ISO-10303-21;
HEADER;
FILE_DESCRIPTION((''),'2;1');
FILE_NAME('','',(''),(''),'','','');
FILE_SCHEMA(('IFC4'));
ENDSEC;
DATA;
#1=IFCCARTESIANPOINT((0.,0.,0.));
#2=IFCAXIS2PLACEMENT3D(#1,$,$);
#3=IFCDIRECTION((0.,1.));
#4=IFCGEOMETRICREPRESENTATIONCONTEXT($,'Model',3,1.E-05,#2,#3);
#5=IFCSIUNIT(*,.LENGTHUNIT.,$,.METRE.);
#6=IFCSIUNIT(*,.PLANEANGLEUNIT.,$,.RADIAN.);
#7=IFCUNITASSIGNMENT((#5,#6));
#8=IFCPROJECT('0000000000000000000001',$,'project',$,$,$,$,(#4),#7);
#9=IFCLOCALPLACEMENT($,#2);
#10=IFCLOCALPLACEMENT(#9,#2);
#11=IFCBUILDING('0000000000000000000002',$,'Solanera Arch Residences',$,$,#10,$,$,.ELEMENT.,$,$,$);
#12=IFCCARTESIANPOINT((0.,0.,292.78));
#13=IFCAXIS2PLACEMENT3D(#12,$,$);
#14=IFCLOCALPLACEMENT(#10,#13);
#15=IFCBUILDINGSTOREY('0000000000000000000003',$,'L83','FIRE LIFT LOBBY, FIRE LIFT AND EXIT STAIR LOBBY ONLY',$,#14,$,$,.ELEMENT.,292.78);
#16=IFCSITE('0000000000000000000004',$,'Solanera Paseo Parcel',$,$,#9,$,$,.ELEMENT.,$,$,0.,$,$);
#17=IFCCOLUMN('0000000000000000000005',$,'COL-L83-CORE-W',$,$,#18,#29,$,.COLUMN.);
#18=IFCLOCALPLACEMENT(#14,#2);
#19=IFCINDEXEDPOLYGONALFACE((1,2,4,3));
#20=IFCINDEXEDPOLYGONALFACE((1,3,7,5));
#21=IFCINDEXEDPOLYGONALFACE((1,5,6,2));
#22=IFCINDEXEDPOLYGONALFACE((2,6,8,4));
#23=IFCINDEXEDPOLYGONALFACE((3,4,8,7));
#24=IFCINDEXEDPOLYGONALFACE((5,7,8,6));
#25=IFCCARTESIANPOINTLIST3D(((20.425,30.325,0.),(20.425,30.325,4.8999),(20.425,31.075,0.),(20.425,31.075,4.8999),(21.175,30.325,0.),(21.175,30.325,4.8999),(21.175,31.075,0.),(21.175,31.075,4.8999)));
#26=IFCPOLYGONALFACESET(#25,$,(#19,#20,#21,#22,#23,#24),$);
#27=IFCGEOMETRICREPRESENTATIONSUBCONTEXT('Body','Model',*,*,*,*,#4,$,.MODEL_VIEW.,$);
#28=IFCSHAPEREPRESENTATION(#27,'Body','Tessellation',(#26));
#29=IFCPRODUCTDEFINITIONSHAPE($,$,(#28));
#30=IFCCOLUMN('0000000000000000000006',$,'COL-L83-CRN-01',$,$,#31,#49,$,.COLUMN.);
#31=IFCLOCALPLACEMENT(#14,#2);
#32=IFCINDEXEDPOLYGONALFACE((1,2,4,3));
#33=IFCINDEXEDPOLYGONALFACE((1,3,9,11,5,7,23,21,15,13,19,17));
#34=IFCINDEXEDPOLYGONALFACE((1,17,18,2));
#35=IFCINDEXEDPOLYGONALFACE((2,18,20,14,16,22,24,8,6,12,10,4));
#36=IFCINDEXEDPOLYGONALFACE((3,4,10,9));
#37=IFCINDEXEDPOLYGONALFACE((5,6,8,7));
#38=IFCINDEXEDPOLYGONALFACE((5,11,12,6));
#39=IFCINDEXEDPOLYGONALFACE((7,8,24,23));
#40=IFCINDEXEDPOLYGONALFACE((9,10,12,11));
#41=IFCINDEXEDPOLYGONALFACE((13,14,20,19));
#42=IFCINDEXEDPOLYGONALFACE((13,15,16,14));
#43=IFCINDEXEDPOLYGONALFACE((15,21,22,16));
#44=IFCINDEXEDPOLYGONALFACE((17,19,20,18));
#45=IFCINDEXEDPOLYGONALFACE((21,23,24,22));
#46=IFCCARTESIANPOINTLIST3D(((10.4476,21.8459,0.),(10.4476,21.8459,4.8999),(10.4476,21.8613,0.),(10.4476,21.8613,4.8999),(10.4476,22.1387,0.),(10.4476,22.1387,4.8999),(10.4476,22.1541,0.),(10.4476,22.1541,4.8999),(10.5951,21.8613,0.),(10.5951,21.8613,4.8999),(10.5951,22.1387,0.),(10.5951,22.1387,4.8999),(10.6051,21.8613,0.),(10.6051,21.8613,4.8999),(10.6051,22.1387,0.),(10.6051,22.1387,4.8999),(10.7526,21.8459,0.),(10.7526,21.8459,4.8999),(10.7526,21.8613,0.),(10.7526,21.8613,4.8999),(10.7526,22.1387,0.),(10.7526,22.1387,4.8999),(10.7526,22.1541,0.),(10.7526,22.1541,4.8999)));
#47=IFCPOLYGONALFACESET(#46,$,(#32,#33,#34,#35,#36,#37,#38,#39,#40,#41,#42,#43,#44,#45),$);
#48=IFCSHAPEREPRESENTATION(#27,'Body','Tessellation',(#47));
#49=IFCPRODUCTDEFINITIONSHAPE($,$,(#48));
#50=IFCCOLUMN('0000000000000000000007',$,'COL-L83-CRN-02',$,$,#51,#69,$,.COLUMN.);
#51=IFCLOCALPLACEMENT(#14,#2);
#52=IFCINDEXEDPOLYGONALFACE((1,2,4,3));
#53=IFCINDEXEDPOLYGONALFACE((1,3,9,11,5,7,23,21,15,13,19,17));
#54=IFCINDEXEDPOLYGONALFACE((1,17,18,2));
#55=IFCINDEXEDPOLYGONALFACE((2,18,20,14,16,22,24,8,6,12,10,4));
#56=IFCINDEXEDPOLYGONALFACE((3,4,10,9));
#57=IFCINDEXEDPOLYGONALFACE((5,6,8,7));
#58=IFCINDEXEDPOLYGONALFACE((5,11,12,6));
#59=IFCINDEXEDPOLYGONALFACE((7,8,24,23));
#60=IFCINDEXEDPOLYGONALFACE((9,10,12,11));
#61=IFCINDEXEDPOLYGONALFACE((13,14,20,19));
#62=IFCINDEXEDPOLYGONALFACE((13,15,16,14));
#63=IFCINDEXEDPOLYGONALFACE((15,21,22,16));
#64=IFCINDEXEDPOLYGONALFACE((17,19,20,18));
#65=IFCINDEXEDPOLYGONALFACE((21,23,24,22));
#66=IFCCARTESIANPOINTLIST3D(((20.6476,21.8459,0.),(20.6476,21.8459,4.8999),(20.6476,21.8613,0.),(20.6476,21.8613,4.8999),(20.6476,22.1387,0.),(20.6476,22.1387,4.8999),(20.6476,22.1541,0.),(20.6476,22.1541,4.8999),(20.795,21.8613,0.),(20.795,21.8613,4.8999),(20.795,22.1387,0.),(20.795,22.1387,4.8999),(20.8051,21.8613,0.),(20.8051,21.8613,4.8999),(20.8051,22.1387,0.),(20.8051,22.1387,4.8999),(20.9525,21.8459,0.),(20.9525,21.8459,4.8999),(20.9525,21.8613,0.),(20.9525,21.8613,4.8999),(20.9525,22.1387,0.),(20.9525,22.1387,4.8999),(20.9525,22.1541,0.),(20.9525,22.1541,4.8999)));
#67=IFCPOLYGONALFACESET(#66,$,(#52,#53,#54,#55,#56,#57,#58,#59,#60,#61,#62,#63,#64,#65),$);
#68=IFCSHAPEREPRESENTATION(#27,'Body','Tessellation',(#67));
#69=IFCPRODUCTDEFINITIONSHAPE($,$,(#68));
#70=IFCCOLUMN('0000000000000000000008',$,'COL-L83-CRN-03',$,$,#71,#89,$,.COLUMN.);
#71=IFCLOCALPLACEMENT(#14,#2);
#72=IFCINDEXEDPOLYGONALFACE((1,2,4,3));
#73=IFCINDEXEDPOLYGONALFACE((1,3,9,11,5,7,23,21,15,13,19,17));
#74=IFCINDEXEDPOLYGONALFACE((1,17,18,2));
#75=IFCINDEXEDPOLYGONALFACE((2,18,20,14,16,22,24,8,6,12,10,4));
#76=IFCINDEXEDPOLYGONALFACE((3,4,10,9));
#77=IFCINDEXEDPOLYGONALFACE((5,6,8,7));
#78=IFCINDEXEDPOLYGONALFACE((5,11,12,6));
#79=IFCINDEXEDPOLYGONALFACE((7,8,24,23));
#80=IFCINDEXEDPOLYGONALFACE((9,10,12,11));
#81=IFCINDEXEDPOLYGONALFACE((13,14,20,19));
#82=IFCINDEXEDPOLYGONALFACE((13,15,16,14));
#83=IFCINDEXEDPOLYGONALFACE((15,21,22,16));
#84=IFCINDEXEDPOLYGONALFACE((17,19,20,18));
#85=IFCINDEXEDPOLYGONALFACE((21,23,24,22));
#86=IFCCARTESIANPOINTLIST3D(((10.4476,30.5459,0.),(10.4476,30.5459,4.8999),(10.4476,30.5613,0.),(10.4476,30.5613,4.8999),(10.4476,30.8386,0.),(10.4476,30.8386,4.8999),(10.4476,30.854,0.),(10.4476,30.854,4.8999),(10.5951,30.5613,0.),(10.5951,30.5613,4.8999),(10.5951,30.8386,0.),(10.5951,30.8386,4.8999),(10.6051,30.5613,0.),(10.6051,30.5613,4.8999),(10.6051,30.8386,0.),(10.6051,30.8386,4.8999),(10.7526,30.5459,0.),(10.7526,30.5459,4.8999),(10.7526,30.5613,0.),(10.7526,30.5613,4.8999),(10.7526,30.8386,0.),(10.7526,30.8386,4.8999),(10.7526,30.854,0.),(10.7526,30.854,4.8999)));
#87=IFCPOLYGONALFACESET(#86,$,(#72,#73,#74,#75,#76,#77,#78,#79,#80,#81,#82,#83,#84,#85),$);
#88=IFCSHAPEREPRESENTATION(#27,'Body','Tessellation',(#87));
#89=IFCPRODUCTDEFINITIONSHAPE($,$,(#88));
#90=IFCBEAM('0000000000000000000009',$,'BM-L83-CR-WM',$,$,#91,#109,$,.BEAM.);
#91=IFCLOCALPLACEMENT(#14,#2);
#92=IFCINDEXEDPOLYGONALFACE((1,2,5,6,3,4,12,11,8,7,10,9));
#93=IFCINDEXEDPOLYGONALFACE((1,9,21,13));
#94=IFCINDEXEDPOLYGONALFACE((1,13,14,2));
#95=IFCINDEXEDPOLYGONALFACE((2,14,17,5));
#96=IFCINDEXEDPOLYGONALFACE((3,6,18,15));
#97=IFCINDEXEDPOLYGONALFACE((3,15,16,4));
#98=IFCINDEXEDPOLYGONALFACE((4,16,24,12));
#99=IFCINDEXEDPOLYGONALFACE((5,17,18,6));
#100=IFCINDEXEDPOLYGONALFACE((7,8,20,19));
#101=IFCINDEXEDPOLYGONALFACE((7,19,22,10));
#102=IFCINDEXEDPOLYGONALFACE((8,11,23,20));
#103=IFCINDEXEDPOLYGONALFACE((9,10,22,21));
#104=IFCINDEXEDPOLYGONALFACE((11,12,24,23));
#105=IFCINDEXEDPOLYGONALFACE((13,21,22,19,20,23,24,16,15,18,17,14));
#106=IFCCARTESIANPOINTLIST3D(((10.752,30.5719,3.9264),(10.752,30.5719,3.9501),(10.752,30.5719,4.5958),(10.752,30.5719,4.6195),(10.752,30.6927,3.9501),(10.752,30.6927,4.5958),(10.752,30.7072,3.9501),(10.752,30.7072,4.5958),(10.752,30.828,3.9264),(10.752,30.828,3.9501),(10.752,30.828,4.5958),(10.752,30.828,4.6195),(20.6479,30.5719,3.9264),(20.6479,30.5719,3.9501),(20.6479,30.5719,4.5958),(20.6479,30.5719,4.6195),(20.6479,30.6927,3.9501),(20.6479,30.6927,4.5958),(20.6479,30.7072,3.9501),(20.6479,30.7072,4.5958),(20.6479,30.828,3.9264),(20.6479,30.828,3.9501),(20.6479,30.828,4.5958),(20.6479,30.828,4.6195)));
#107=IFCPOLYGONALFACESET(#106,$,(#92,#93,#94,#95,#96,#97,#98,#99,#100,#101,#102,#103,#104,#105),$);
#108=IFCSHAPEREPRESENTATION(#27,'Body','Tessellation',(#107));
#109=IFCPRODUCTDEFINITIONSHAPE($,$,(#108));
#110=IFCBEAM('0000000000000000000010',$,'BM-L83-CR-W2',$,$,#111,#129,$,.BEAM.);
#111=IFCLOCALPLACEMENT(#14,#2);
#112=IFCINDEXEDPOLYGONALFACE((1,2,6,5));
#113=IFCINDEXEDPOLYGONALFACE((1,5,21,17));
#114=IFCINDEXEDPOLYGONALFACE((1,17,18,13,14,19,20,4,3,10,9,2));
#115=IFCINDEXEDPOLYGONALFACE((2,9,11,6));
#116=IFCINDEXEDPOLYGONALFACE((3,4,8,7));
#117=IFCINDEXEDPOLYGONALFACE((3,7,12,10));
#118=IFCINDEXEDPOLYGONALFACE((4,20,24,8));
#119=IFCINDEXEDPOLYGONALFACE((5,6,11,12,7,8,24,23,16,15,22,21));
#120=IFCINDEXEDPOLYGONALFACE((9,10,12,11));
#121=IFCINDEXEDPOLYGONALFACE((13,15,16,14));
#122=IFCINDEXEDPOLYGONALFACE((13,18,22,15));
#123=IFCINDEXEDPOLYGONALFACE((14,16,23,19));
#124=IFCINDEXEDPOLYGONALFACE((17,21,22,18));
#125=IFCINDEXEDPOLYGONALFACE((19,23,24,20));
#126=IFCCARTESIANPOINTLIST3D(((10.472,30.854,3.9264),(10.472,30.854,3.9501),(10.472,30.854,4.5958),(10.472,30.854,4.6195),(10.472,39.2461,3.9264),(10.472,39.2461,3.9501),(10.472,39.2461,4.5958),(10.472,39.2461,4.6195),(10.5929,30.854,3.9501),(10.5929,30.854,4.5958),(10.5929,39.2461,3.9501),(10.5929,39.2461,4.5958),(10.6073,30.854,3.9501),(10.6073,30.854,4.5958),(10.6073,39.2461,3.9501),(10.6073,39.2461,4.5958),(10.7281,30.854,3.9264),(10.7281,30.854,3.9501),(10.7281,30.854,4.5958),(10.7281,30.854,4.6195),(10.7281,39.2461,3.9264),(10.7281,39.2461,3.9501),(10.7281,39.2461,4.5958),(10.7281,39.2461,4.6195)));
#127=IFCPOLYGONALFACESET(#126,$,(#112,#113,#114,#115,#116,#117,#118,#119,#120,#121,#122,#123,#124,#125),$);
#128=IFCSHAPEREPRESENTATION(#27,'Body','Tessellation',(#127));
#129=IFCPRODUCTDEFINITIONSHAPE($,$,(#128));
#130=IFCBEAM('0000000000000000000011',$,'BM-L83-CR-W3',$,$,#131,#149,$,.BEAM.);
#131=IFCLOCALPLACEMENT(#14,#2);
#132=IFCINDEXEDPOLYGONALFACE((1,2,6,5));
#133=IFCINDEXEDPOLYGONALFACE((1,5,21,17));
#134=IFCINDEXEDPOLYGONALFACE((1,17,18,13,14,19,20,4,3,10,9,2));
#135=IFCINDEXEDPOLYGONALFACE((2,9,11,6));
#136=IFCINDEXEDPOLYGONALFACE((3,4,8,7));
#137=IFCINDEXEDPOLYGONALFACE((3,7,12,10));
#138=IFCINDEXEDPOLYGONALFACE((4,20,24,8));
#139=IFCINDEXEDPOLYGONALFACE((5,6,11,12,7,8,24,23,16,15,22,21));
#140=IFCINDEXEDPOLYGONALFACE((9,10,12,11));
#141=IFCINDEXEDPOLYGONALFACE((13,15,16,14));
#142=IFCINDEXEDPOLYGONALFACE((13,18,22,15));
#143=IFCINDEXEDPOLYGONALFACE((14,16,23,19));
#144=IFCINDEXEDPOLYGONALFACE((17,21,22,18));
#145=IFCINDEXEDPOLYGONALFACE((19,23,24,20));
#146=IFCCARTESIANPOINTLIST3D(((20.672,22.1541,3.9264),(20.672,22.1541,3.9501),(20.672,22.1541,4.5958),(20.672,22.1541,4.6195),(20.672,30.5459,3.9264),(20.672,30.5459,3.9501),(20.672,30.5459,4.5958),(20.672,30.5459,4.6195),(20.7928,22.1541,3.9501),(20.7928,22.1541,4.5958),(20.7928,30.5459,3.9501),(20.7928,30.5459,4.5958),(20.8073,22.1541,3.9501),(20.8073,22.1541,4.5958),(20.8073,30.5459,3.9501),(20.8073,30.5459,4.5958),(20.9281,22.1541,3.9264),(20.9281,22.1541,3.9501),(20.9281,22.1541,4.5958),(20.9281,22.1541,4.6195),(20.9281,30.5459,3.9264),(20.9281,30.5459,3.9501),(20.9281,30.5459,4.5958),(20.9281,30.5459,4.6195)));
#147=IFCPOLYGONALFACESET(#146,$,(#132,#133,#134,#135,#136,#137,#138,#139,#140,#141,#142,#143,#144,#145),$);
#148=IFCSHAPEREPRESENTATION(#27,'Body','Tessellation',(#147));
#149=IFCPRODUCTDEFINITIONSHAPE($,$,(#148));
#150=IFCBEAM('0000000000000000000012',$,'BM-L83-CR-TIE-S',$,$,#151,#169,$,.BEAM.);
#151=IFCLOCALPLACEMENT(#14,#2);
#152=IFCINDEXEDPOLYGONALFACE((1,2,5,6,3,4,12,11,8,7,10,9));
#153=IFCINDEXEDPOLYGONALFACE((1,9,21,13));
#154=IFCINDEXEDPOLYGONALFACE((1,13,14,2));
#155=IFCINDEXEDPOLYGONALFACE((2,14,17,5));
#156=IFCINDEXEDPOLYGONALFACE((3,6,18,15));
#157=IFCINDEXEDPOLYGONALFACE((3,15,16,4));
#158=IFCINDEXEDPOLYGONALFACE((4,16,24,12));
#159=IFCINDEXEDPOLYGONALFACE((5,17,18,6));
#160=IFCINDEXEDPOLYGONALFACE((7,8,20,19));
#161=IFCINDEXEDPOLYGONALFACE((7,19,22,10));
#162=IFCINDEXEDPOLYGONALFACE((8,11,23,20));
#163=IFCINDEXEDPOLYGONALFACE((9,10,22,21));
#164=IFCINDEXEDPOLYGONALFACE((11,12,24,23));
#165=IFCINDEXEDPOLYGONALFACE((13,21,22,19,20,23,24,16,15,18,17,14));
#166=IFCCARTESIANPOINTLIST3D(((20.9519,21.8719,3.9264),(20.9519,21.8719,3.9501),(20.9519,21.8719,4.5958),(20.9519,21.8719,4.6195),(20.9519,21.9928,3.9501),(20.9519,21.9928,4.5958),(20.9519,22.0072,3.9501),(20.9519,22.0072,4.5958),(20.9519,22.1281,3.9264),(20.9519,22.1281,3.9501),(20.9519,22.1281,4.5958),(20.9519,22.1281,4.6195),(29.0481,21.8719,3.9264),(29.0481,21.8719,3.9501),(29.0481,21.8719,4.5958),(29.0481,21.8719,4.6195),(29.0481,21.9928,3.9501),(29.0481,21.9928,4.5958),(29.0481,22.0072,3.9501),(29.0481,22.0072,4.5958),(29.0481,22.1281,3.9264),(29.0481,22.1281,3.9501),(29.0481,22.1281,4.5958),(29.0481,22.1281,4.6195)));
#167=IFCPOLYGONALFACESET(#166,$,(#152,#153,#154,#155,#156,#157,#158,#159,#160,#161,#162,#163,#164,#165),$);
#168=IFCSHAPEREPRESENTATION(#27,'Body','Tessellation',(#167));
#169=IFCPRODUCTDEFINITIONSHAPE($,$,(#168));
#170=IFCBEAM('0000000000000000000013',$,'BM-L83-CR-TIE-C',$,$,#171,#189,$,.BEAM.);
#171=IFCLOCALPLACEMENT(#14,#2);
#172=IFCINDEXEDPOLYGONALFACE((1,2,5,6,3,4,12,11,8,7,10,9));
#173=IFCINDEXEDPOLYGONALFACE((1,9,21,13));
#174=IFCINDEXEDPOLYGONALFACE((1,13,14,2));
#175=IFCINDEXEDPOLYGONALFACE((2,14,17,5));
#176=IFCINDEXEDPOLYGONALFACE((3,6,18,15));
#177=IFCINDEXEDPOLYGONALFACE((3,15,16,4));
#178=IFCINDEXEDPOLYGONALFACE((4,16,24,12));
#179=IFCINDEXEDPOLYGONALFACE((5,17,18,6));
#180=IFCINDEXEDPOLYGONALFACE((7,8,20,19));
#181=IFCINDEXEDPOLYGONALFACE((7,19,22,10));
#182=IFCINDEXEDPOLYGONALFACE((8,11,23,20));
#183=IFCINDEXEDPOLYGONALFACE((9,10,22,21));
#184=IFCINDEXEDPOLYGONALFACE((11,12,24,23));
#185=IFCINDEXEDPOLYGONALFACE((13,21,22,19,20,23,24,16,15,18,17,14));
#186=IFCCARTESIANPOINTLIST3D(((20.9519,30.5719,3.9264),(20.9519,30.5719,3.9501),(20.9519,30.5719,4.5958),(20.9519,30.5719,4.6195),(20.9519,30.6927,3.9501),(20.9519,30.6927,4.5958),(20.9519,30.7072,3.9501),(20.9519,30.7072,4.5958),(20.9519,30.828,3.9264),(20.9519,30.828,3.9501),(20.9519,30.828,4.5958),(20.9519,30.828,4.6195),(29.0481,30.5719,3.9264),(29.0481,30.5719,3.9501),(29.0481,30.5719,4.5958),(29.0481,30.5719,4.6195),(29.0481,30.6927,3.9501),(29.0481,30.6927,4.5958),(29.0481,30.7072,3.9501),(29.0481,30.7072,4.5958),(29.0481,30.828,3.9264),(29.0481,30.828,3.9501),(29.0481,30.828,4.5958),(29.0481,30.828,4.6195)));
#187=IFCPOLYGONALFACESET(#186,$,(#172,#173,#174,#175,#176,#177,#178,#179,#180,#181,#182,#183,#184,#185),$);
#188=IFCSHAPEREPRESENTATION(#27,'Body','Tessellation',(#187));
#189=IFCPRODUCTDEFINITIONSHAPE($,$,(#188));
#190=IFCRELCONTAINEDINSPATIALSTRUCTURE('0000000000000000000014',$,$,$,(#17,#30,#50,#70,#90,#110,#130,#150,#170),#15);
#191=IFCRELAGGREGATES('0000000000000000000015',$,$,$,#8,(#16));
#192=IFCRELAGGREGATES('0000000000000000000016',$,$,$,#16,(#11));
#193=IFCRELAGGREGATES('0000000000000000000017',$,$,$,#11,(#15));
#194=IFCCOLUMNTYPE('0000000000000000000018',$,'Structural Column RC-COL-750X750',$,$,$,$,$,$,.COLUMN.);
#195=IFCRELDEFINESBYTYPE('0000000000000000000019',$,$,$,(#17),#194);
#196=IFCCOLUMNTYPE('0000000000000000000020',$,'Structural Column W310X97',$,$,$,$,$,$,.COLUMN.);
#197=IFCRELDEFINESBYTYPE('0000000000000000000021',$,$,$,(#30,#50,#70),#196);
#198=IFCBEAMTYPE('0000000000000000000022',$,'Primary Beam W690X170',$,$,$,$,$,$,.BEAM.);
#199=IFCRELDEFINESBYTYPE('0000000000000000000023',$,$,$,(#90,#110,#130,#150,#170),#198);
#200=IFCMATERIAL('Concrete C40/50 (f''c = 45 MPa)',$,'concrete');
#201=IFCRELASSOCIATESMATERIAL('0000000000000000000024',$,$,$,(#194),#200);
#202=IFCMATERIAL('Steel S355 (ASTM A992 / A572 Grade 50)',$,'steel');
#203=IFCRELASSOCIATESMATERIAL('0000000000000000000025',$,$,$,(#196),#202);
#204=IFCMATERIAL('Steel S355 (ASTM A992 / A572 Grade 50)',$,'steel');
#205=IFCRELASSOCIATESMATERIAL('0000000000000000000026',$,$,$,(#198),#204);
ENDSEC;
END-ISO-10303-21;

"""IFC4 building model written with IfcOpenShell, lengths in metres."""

from ifc_helpers import new_model, si_unit, direction, frame, origin, origin_2d, place, context, subcontext, project, spatial, rectangle, i_section, extrude, material, material_profile, profile_set, type_object, element, save


model = new_model("IFC4")

# Units and contexts
model_context = context("Model", 3, precision=1e-05, world=origin(), true_north=direction((0.0, 1.0)))
body_context = subcontext(model_context, "Body", "Model", "MODEL_VIEW")
ifc_project = project(units=[si_unit("LENGTHUNIT", "METRE"), si_unit("PLANEANGLEUNIT", "RADIAN")], contexts=[model_context])

# Site, building, storey
site_placement = place(None, origin())
site = spatial("IfcSite", under=ifc_project, at=site_placement, Name="Solanera Paseo Parcel", CompositionType="ELEMENT", RefElevation=0.0)
building_placement = place(site_placement, origin())
building = spatial("IfcBuilding", under=site, at=building_placement, Name="Solanera Arch Residences", CompositionType="ELEMENT")
storey_placement = place(building_placement, frame((0.0, 0.0, 292.78)))
storey = spatial("IfcBuildingStorey", under=building, at=storey_placement, Name="L83", Description="FIRE LIFT LOBBY, FIRE LIFT AND EXIT STAIR LOBBY ONLY", CompositionType="ELEMENT", Elevation=292.78)

# Columns
ifc_material_1 = material(Name="Concrete C40/50 (f'c = 45 MPa)", Category="concrete")
ifc_material_profile_1 = material_profile(ifc_material_1, rectangle(XDim=0.75, YDim=0.75, at=origin_2d()))
ifc_profile_set_1 = profile_set([ifc_material_profile_1], Name="Concrete C40/50 (f'c = 45 MPa)")
column_type_1 = type_object("IfcColumnType", Name="Structural Column RC-COL-750X750", PredefinedType="COLUMN", material=ifc_profile_set_1)
column_placement = place(storey_placement, frame((20.8, 30.7, 0.0), z_axis=(0.0, 0.0, 1.0), x_axis=(1.0, 0.0, 0.0)))
element("IfcColumn", 1, at=column_placement, inside=storey, type_object=column_type_1, Name="COL-L83-CORE-W", PredefinedType="COLUMN", context=body_context, shape_type="SweptSolid", body=[
    extrude(rectangle(XDim=0.75, YDim=0.75, at=origin_2d()), origin(), (0.0, 0.0, 1.0), 4.8999),
])
ifc_material_2 = material(Name="Steel S355 (ASTM A992 / A572 Grade 50)", Category="steel")
ifc_material_profile_2 = material_profile(ifc_material_2, i_section(OverallWidth=0.3049, OverallDepth=0.3081, WebThickness=0.01, FlangeThickness=0.0154, at=origin_2d()))
ifc_profile_set_2 = profile_set([ifc_material_profile_2], Name="Steel S355 (ASTM A992 / A572 Grade 50)")
column_type_2 = type_object("IfcColumnType", Name="Structural Column W310X97", PredefinedType="COLUMN", material=ifc_profile_set_2)
for number, where, z_axis, x_axis, name in (
    (2, (10.6001, 22.0, 0.0), (0.0, 0.0, 1.0), (1.0, 0.0, 0.0), "COL-L83-CRN-01"),
    (3, (20.8, 22.0, 0.0), (0.0, 0.0, 1.0), (1.0, 0.0, 0.0), "COL-L83-CRN-02"),
    (4, (10.6001, 30.7, 0.0), (0.0, 0.0, 1.0), (1.0, 0.0, 0.0), "COL-L83-CRN-03"),
):
    element("IfcColumn", number, at=place(storey_placement, frame(where, z_axis=z_axis, x_axis=x_axis)), inside=storey, type_object=column_type_2, Name=name, PredefinedType="COLUMN", context=body_context, shape_type="SweptSolid", body=[
        extrude(i_section(OverallWidth=0.3049, OverallDepth=0.3081, WebThickness=0.01, FlangeThickness=0.0154, at=origin_2d()), origin(), (0.0, 0.0, 1.0), 4.8999),
    ])

# Beams
ifc_material_3 = material(Name="Steel S355 (ASTM A992 / A572 Grade 50)", Category="steel")
ifc_material_profile_3 = material_profile(ifc_material_3, i_section(OverallWidth=0.2561, OverallDepth=0.6931, WebThickness=0.0144, FlangeThickness=0.0237, at=origin_2d()))
ifc_profile_set_3 = profile_set([ifc_material_profile_3], Name="Steel S355 (ASTM A992 / A572 Grade 50)")
beam_type_1 = type_object("IfcBeamType", Name="Primary Beam W690X170", PredefinedType="BEAM", material=ifc_profile_set_3)
beam_1_placement = place(storey_placement, frame((10.752, 30.7, 4.2729), z_axis=(1.0, 0.0, 0.0), x_axis=(0.0, 1.0, 0.0)))
element("IfcBeam", 5, at=beam_1_placement, inside=storey, type_object=beam_type_1, Name="BM-L83-CR-WM", PredefinedType="BEAM", context=body_context, shape_type="SweptSolid", body=[
    extrude(i_section(OverallWidth=0.2561, OverallDepth=0.6931, WebThickness=0.0144, FlangeThickness=0.0237, at=origin_2d()), origin(), (0.0, 0.0, 1.0), 9.896),
])
beam_2_placement = place(storey_placement, frame((10.6001, 30.854, 4.2729), z_axis=(0.0, 1.0, 0.0), x_axis=(-1.0, 0.0, 0.0)))
element("IfcBeam", 6, at=beam_2_placement, inside=storey, type_object=beam_type_1, Name="BM-L83-CR-W2", PredefinedType="BEAM", context=body_context, shape_type="SweptSolid", body=[
    extrude(i_section(OverallWidth=0.2561, OverallDepth=0.6931, WebThickness=0.0144, FlangeThickness=0.0237, at=origin_2d()), origin(), (0.0, 0.0, 1.0), 8.3921),
])
beam_3_placement = place(storey_placement, frame((20.8, 22.1541, 4.2729), z_axis=(0.0, 1.0, 0.0), x_axis=(-1.0, 0.0, 0.0)))
element("IfcBeam", 7, at=beam_3_placement, inside=storey, type_object=beam_type_1, Name="BM-L83-CR-W3", PredefinedType="BEAM", context=body_context, shape_type="SweptSolid", body=[
    extrude(i_section(OverallWidth=0.2561, OverallDepth=0.6931, WebThickness=0.0144, FlangeThickness=0.0237, at=origin_2d()), origin(), (0.0, 0.0, 1.0), 8.3918),
])
for number, where, z_axis, x_axis, name in (
    (8, (20.9519, 22.0, 4.2729), (1.0, 0.0, 0.0), (0.0, 1.0, 0.0), "BM-L83-CR-TIE-S"),
    (9, (20.9519, 30.7, 4.2729), (1.0, 0.0, 0.0), (0.0, 1.0, 0.0), "BM-L83-CR-TIE-C"),
):
    element("IfcBeam", number, at=place(storey_placement, frame(where, z_axis=z_axis, x_axis=x_axis)), inside=storey, type_object=beam_type_1, Name=name, PredefinedType="BEAM", context=body_context, shape_type="SweptSolid", body=[
        extrude(i_section(OverallWidth=0.2561, OverallDepth=0.6931, WebThickness=0.0144, FlangeThickness=0.0237, at=origin_2d()), origin(), (0.0, 0.0, 1.0), 8.0962),
    ])

save(model, "model.ifc")
